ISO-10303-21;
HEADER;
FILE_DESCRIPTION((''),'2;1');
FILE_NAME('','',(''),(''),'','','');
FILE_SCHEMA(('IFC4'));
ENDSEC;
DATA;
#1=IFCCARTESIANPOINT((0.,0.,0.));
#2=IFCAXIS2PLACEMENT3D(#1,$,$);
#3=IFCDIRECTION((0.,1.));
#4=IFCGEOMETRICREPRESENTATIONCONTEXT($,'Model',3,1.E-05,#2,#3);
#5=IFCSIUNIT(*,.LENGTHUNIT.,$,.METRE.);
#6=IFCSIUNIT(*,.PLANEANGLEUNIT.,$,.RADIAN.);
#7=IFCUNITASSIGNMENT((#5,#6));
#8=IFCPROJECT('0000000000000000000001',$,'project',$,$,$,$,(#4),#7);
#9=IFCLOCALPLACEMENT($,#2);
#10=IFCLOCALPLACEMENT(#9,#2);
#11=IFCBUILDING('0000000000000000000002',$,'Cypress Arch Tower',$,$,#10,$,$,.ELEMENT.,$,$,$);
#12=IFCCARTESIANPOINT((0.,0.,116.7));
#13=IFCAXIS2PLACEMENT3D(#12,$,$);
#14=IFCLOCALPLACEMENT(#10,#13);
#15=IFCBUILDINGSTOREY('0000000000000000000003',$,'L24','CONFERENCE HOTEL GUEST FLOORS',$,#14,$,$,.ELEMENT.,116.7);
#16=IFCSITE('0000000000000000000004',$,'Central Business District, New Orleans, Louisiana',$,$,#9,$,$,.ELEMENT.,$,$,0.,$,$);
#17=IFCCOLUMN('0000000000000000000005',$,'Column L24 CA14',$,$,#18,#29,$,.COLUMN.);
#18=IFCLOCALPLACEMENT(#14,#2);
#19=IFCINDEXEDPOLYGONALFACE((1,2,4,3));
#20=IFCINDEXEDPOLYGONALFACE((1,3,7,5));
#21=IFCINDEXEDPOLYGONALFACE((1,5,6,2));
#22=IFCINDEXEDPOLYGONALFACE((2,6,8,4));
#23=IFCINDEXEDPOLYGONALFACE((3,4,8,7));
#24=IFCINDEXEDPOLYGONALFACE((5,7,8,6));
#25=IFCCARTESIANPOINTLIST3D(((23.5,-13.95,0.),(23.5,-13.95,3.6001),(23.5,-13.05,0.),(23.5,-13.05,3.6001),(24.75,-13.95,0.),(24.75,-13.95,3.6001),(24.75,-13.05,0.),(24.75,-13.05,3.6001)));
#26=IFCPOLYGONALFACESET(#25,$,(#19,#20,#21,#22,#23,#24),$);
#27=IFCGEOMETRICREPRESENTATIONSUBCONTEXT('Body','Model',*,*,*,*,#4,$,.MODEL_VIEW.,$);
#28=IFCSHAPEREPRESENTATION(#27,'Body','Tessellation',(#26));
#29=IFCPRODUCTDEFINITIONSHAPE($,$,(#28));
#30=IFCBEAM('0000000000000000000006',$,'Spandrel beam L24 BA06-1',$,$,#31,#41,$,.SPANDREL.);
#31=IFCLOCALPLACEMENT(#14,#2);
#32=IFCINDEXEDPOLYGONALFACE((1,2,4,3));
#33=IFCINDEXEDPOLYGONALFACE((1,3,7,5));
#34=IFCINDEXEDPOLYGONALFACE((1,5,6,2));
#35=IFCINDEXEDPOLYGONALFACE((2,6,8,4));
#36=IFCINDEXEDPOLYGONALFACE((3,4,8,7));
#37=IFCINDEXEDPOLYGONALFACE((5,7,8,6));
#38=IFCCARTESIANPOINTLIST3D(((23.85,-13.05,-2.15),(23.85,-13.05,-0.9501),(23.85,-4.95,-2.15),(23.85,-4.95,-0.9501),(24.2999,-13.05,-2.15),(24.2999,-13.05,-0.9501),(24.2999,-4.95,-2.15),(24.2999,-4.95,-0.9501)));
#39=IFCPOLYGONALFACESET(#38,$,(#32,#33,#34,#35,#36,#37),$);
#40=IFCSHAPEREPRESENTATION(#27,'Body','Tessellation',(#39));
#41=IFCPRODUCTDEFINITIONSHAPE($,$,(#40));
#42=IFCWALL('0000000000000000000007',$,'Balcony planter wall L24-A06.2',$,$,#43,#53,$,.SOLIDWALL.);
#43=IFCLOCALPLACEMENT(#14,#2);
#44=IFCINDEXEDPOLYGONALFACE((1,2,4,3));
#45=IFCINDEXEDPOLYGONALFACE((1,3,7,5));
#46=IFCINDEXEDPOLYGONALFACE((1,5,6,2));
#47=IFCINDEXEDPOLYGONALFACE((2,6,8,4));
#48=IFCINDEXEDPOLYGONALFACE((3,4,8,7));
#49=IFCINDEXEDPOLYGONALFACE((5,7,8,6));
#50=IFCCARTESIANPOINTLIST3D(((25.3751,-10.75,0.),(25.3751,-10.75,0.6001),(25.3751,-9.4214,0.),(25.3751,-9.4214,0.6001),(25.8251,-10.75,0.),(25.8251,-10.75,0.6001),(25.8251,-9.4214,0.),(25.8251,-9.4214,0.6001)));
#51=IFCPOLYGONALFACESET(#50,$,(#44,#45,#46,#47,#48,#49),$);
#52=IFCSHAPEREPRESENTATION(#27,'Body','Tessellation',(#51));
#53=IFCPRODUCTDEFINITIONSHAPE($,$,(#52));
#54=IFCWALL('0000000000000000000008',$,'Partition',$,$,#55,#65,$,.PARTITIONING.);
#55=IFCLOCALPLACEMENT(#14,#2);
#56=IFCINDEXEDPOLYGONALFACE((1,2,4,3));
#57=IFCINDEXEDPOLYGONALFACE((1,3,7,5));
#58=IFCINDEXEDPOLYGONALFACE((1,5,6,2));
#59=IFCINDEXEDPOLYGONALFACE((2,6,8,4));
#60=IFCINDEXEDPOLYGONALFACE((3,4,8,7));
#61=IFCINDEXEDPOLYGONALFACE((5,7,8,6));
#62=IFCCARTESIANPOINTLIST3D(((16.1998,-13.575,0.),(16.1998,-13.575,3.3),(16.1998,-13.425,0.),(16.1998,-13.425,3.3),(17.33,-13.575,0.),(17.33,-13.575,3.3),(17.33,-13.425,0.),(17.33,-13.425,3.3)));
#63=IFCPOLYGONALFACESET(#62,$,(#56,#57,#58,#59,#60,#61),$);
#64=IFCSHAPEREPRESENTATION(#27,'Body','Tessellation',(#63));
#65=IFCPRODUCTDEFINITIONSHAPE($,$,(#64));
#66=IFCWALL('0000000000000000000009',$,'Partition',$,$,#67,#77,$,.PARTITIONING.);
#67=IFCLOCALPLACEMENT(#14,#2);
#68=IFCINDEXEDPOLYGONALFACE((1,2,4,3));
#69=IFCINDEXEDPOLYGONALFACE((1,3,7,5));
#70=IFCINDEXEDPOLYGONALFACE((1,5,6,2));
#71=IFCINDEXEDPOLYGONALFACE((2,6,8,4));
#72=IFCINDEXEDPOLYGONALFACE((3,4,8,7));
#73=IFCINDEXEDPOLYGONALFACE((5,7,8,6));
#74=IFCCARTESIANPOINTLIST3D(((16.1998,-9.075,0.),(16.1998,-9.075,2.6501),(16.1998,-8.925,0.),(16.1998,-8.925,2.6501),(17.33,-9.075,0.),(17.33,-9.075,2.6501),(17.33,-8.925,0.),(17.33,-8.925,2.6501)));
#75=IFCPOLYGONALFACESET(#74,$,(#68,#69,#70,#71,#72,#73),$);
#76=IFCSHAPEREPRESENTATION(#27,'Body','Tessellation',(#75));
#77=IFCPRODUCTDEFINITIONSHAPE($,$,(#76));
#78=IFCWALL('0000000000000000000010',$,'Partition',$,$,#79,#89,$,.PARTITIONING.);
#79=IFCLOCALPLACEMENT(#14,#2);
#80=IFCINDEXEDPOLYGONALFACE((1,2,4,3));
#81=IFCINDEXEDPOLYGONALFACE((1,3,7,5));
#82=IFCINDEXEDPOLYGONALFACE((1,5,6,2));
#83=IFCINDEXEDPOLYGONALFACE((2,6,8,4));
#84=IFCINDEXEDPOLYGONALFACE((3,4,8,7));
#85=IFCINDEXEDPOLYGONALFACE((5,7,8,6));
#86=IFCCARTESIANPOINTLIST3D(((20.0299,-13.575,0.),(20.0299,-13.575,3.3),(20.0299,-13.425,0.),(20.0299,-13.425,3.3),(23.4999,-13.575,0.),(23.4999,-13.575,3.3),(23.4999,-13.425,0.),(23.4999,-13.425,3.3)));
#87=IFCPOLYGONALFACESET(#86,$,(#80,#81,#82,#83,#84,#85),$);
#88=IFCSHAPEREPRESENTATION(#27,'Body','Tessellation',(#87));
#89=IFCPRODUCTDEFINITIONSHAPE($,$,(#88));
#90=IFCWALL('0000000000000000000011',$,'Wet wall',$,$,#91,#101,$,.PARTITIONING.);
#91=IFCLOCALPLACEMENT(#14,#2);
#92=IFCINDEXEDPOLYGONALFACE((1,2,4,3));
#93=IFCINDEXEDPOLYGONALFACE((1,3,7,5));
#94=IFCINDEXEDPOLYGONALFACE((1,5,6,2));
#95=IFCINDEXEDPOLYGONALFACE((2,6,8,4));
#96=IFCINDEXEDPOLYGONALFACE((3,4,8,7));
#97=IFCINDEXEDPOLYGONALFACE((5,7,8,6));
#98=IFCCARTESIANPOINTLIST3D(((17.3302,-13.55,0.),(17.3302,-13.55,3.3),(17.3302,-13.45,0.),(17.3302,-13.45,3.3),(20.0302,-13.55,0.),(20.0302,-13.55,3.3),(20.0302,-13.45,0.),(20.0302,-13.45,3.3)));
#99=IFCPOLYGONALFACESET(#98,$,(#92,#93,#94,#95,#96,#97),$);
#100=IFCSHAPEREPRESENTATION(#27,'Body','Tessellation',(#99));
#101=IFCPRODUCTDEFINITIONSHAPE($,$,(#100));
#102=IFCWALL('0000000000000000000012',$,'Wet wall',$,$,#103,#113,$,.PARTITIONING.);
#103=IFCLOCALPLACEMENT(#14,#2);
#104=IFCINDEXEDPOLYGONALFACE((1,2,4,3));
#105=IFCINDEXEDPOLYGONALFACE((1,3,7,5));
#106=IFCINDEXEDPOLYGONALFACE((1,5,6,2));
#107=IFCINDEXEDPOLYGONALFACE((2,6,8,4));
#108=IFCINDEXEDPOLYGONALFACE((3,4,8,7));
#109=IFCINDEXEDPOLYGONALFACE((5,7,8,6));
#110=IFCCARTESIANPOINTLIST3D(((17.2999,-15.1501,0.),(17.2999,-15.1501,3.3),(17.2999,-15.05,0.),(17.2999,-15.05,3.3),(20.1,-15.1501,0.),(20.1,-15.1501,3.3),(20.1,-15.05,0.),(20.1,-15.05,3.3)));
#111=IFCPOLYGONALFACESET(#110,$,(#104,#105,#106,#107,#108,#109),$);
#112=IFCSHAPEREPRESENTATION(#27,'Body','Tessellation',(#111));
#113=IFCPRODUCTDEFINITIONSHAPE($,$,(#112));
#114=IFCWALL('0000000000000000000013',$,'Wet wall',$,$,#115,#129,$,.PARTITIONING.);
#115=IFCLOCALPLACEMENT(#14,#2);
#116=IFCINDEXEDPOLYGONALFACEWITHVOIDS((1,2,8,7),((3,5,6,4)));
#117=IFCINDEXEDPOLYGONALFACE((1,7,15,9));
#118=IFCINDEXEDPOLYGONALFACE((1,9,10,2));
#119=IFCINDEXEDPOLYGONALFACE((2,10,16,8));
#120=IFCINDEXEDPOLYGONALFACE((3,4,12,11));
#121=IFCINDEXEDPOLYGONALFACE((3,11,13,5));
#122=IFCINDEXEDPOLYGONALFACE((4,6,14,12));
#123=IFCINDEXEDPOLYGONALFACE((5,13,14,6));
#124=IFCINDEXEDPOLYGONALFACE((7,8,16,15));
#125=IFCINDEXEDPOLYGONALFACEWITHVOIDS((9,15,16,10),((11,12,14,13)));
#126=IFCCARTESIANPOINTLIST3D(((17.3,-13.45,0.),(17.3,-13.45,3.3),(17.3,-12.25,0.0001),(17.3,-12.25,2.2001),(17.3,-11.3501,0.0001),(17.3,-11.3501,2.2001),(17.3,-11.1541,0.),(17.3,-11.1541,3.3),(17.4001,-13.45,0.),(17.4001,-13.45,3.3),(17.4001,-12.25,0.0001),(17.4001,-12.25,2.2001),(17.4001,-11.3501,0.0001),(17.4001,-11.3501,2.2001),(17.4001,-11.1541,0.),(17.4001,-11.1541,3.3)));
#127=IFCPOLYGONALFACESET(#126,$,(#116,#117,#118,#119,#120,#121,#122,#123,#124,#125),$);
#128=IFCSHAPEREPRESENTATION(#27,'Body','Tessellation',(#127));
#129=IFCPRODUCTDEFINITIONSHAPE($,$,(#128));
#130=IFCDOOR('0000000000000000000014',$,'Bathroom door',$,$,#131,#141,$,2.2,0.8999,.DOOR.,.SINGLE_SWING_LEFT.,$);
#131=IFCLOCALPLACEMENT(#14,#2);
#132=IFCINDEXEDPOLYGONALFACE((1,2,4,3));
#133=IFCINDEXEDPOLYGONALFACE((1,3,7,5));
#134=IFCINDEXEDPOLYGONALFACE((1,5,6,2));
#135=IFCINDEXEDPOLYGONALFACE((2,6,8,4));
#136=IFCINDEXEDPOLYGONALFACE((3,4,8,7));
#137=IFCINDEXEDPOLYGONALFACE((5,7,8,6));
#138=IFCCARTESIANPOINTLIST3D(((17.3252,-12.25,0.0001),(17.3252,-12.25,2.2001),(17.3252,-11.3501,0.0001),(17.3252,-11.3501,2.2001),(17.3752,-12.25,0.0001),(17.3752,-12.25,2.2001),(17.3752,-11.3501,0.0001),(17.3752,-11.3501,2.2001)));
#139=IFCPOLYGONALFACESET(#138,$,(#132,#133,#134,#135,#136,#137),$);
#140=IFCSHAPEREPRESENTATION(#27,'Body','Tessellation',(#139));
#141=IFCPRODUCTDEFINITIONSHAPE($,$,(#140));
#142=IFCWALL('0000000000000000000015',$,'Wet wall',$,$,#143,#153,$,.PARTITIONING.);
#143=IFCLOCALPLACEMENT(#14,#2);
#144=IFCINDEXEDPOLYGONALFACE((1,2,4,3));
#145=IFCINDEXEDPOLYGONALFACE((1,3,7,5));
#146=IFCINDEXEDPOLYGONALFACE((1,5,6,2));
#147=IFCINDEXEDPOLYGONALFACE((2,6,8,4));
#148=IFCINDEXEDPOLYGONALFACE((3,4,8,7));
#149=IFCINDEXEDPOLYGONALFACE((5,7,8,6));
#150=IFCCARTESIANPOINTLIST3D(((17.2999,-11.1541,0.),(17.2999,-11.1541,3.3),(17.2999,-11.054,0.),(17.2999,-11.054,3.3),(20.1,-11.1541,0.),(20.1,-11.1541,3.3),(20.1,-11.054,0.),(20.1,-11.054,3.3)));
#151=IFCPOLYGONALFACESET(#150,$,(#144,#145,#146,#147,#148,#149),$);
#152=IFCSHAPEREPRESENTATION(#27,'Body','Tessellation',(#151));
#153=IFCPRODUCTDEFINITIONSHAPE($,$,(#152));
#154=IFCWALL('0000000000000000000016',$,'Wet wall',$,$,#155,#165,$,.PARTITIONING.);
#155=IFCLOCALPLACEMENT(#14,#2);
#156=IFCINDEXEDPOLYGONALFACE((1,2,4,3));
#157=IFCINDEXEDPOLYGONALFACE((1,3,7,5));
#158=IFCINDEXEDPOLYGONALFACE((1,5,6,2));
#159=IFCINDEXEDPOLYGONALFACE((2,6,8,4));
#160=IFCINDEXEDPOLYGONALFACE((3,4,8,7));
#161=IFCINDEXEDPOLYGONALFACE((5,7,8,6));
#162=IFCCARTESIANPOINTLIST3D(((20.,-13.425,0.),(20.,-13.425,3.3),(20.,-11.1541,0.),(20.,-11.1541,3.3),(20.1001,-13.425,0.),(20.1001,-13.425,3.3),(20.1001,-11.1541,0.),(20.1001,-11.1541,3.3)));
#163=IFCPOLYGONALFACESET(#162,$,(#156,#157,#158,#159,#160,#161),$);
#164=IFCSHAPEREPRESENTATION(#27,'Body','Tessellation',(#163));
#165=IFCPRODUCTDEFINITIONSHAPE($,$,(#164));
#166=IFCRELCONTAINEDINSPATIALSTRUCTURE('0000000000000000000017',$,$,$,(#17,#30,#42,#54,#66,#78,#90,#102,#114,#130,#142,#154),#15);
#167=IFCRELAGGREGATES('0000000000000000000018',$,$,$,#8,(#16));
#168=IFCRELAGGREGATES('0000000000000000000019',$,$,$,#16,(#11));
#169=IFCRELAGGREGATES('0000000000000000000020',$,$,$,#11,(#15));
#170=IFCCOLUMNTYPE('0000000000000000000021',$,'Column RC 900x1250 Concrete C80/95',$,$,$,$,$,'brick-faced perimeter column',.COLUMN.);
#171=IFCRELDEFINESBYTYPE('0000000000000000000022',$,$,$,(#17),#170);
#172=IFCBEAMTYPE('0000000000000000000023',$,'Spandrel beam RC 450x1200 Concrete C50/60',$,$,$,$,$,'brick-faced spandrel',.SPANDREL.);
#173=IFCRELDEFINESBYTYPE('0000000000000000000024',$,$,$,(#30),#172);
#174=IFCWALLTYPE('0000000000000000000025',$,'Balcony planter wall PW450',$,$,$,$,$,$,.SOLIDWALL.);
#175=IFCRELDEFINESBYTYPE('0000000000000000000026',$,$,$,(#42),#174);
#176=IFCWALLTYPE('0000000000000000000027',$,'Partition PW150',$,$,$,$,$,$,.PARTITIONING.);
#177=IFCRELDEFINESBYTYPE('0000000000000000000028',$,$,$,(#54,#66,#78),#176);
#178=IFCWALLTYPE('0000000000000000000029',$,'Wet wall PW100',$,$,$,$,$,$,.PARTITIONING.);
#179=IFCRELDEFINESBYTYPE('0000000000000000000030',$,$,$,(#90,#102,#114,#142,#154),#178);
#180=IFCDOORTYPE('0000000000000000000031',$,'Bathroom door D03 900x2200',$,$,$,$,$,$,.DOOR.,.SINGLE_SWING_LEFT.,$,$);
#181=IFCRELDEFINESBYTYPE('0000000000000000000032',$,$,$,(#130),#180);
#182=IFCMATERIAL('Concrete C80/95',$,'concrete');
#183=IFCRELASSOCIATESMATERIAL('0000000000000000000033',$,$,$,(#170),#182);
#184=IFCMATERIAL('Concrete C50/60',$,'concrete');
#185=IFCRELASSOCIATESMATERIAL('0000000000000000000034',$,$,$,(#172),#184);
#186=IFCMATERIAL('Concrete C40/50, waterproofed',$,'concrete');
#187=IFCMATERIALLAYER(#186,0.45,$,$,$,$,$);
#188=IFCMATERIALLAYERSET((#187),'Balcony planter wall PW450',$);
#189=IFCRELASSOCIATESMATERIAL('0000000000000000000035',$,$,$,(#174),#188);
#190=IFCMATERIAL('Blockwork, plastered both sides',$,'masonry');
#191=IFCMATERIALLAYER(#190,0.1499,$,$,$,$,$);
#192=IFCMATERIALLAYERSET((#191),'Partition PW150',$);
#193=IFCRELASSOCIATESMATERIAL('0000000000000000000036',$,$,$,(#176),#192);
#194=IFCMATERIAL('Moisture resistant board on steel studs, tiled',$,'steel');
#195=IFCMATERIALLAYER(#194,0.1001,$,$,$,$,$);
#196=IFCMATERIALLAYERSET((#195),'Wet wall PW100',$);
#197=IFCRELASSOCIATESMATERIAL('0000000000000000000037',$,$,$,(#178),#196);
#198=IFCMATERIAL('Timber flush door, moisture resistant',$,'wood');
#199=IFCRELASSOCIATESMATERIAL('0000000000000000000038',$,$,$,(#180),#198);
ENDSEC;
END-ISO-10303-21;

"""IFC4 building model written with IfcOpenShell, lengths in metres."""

from ifc_helpers import new_model, si_unit, direction, frame, frame_2d, origin, origin_2d, place, context, subcontext, project, spatial, rectangle, extrude, material, layer, layer_set, material_profile, profile_set, type_object, element, fill, save


model = new_model("IFC4")

# Units and contexts
model_context = context("Model", 3, precision=1e-05, world=origin(), true_north=direction((0.0, 1.0)))
body_context = subcontext(model_context, "Body", "Model", "MODEL_VIEW")
ifc_project = project(units=[si_unit("LENGTHUNIT", "METRE"), si_unit("PLANEANGLEUNIT", "RADIAN")], contexts=[model_context])

# Site, building, storey
site_placement = place(None, origin())
site = spatial("IfcSite", under=ifc_project, at=site_placement, Name="Central Business District, New Orleans, Louisiana", CompositionType="ELEMENT", RefElevation=0.0)
building_placement = place(site_placement, origin())
building = spatial("IfcBuilding", under=site, at=building_placement, Name="Cypress Arch Tower", CompositionType="ELEMENT")
storey_placement = place(building_placement, frame((0.0, 0.0, 116.7)))
storey = spatial("IfcBuildingStorey", under=building, at=storey_placement, Name="L24", Description="CONFERENCE HOTEL GUEST FLOORS", CompositionType="ELEMENT", Elevation=116.7)

# Column
ifc_material_1 = material(Name="Concrete C80/95", Category="concrete")
ifc_material_profile_1 = material_profile(ifc_material_1, rectangle(XDim=0.8999, YDim=1.25, at=origin_2d()), Name="RC 900x1250")
ifc_profile_set_1 = profile_set([ifc_material_profile_1], Name="Concrete C80/95")
column_type = type_object("IfcColumnType", Name="Column RC 900x1250 Concrete C80/95", ElementType="brick-faced perimeter column", PredefinedType="COLUMN", material=ifc_profile_set_1)
column_placement = place(storey_placement, frame((24.125, -13.5, 0.0), z_axis=(0.0, 0.0, 1.0), x_axis=(0.0, 1.0, 0.0)))
element("IfcColumn", 1, at=column_placement, inside=storey, type_object=column_type, Name="Column L24 CA14", PredefinedType="COLUMN", context=body_context, shape_type="SweptSolid", body=[
    extrude(rectangle(XDim=0.8999, YDim=1.25, at=origin_2d()), origin(), (0.0, 0.0, 1.0), 3.6001),
])

# Beam
ifc_material_2 = material(Name="Concrete C50/60", Category="concrete")
ifc_material_profile_2 = material_profile(ifc_material_2, rectangle(XDim=0.45, YDim=1.2, at=origin_2d()), Name="RC 450x1200")
ifc_profile_set_2 = profile_set([ifc_material_profile_2], Name="Concrete C50/60")
beam_type = type_object("IfcBeamType", Name="Spandrel beam RC 450x1200 Concrete C50/60", ElementType="brick-faced spandrel", PredefinedType="SPANDREL", material=ifc_profile_set_2)
beam_placement = place(storey_placement, frame((24.075, -13.05, -1.55), z_axis=(0.0, 1.0, 0.0), x_axis=(-1.0, 0.0, 0.0)))
element("IfcBeam", 2, at=beam_placement, inside=storey, type_object=beam_type, Name="Spandrel beam L24 BA06-1", PredefinedType="SPANDREL", context=body_context, shape_type="SweptSolid", body=[
    extrude(rectangle(XDim=0.45, YDim=1.2, at=origin_2d()), origin(), (0.0, 0.0, 1.0), 8.1001),
])

# Wall
ifc_material_3 = material(Name="Concrete C40/50, waterproofed", Category="concrete")
ifc_layer_1 = layer(ifc_material_3, 0.45)
ifc_layer_set_1 = layer_set([ifc_layer_1], Name="Balcony planter wall PW450")
wall_type_1 = type_object("IfcWallType", Name="Balcony planter wall PW450", PredefinedType="SOLIDWALL", material=ifc_layer_set_1)
wall_1_placement = place(storey_placement, frame((25.6001, -10.75, 0.0), z_axis=(0.0, 0.0, 1.0), x_axis=(0.0, 1.0, 0.0)))
element("IfcWall", 3, at=wall_1_placement, inside=storey, type_object=wall_type_1, Name="Balcony planter wall L24-A06.2", PredefinedType="SOLIDWALL", context=body_context, shape_type="SweptSolid", body=[
    extrude(rectangle(XDim=1.3286, YDim=0.45, at=frame_2d((0.6643, 0.0))), origin(), (0.0, 0.0, 1.0), 0.6001),
])

# Walls
ifc_material_4 = material(Name="Blockwork, plastered both sides", Category="masonry")
ifc_layer_2 = layer(ifc_material_4, 0.1499)
ifc_layer_set_2 = layer_set([ifc_layer_2], Name="Partition PW150")
wall_type_2 = type_object("IfcWallType", Name="Partition PW150", PredefinedType="PARTITIONING", material=ifc_layer_set_2)
wall_2_placement = place(storey_placement, frame((16.2, -13.5, 0.0), z_axis=(0.0, 0.0, 1.0), x_axis=(1.0, 0.0, 0.0)))
element("IfcWall", 4, at=wall_2_placement, inside=storey, type_object=wall_type_2, Name="Partition", PredefinedType="PARTITIONING", context=body_context, shape_type="SweptSolid", body=[
    extrude(rectangle(XDim=1.1301, YDim=0.1499, at=frame_2d((0.5649, 0.0))), origin(), (0.0, 0.0, 1.0), 3.3),
])
wall_3_placement = place(storey_placement, frame((16.2, -9.0, 0.0), z_axis=(0.0, 0.0, 1.0), x_axis=(1.0, 0.0, 0.0)))
element("IfcWall", 5, at=wall_3_placement, inside=storey, type_object=wall_type_2, Name="Partition", PredefinedType="PARTITIONING", context=body_context, shape_type="SweptSolid", body=[
    extrude(rectangle(XDim=1.1301, YDim=0.1499, at=frame_2d((0.5649, 0.0))), origin(), (0.0, 0.0, 1.0), 2.6501),
])
wall_4_placement = place(storey_placement, frame((20.03, -13.5, 0.0), z_axis=(0.0, 0.0, 1.0), x_axis=(1.0, 0.0, 0.0)))
element("IfcWall", 6, at=wall_4_placement, inside=storey, type_object=wall_type_2, Name="Partition", PredefinedType="PARTITIONING", context=body_context, shape_type="SweptSolid", body=[
    extrude(rectangle(XDim=3.47, YDim=0.1499, at=frame_2d((1.7349, 0.0))), origin(), (0.0, 0.0, 1.0), 3.3),
])
ifc_material_5 = material(Name="Moisture resistant board on steel studs, tiled", Category="steel")
ifc_layer_3 = layer(ifc_material_5, 0.1001)
ifc_layer_set_3 = layer_set([ifc_layer_3], Name="Wet wall PW100")
wall_type_3 = type_object("IfcWallType", Name="Wet wall PW100", PredefinedType="PARTITIONING", material=ifc_layer_set_3)
wall_5_placement = place(storey_placement, frame((17.3301, -13.5, 0.0), z_axis=(0.0, 0.0, 1.0), x_axis=(1.0, 0.0, 0.0)))
element("IfcWall", 7, at=wall_5_placement, inside=storey, type_object=wall_type_3, Name="Wet wall", PredefinedType="PARTITIONING", context=body_context, shape_type="SweptSolid", body=[
    extrude(rectangle(XDim=2.7, YDim=0.1001, at=frame_2d((1.3501, 0.0))), origin(), (0.0, 0.0, 1.0), 3.3),
])
wall_6_placement = place(storey_placement, frame((17.3, -15.1001, 0.0), z_axis=(0.0, 0.0, 1.0), x_axis=(1.0, 0.0, 0.0)))
element("IfcWall", 8, at=wall_6_placement, inside=storey, type_object=wall_type_3, Name="Wet wall", PredefinedType="PARTITIONING", context=body_context, shape_type="SweptSolid", body=[
    extrude(rectangle(XDim=2.8, YDim=0.1001, at=frame_2d((1.3999, 0.0))), origin(), (0.0, 0.0, 1.0), 3.3),
])

# Wall, opening, door
wall_7_placement = place(storey_placement, frame((17.3501, -13.45, 0.0), z_axis=(0.0, 0.0, 1.0), x_axis=(0.0, 1.0, 0.0)))
wall_7 = element("IfcWall", 9, at=wall_7_placement, inside=storey, type_object=wall_type_3, Name="Wet wall", PredefinedType="PARTITIONING", context=body_context, shape_type="SweptSolid", body=[
    extrude(rectangle(XDim=2.2959, YDim=0.1001, at=frame_2d((1.1479, 0.0))), origin(), (0.0, 0.0, 1.0), 3.3),
])
opening_1_placement = place(wall_7_placement, frame((1.2, 0.0, 0.0)))
opening_1 = element("IfcOpeningElement", 10, at=opening_1_placement, cuts=wall_7, PredefinedType="OPENING", context=body_context, shape_type="SweptSolid", body=[
    extrude(rectangle(XDim=0.8999, YDim=2.2, at=frame_2d((0.45, 1.1001))), frame((0.0, 0.0601, 0.0), z_axis=(0.0, -1.0, 0.0), x_axis=(1.0, 0.0, 0.0)), (0.0, 0.0, 1.0), 0.1201),
])
ifc_material_6 = material(Name="Timber flush door, moisture resistant", Category="wood")
door_type_1 = type_object("IfcDoorType", Name="Bathroom door D03 900x2200", OperationType="SINGLE_SWING_LEFT", PredefinedType="DOOR", material=ifc_material_6)
door_1_placement = place(opening_1_placement, origin())
door_1 = element("IfcDoor", 11, at=door_1_placement, inside=storey, type_object=door_type_1, Name="Bathroom door", OperationType="SINGLE_SWING_LEFT", OverallHeight=2.2, OverallWidth=0.8999, PredefinedType="DOOR", context=body_context, shape_type="SweptSolid", body=[
    extrude(rectangle(XDim=0.8999, YDim=2.2, at=frame_2d((0.45, 1.1001))), frame((0.0, 0.0249, 0.0), z_axis=(0.0, -1.0, 0.0), x_axis=(1.0, 0.0, 0.0)), (0.0, 0.0, 1.0), 0.05),
])
fill(opening_1, door_1)

# Walls
wall_8_placement = place(storey_placement, frame((17.3, -11.104, 0.0), z_axis=(0.0, 0.0, 1.0), x_axis=(1.0, 0.0, 0.0)))
element("IfcWall", 12, at=wall_8_placement, inside=storey, type_object=wall_type_3, Name="Wet wall", PredefinedType="PARTITIONING", context=body_context, shape_type="SweptSolid", body=[
    extrude(rectangle(XDim=2.8, YDim=0.1001, at=frame_2d((1.3999, 0.0))), origin(), (0.0, 0.0, 1.0), 3.3),
])
wall_9_placement = place(storey_placement, frame((20.05, -13.425, 0.0), z_axis=(0.0, 0.0, 1.0), x_axis=(0.0, 1.0, 0.0)))
element("IfcWall", 13, at=wall_9_placement, inside=storey, type_object=wall_type_3, Name="Wet wall", PredefinedType="PARTITIONING", context=body_context, shape_type="SweptSolid", body=[
    extrude(rectangle(XDim=2.271, YDim=0.1001, at=frame_2d((1.1355, 0.0))), origin(), (0.0, 0.0, 1.0), 3.3),
])

save(model, "model.ifc")
